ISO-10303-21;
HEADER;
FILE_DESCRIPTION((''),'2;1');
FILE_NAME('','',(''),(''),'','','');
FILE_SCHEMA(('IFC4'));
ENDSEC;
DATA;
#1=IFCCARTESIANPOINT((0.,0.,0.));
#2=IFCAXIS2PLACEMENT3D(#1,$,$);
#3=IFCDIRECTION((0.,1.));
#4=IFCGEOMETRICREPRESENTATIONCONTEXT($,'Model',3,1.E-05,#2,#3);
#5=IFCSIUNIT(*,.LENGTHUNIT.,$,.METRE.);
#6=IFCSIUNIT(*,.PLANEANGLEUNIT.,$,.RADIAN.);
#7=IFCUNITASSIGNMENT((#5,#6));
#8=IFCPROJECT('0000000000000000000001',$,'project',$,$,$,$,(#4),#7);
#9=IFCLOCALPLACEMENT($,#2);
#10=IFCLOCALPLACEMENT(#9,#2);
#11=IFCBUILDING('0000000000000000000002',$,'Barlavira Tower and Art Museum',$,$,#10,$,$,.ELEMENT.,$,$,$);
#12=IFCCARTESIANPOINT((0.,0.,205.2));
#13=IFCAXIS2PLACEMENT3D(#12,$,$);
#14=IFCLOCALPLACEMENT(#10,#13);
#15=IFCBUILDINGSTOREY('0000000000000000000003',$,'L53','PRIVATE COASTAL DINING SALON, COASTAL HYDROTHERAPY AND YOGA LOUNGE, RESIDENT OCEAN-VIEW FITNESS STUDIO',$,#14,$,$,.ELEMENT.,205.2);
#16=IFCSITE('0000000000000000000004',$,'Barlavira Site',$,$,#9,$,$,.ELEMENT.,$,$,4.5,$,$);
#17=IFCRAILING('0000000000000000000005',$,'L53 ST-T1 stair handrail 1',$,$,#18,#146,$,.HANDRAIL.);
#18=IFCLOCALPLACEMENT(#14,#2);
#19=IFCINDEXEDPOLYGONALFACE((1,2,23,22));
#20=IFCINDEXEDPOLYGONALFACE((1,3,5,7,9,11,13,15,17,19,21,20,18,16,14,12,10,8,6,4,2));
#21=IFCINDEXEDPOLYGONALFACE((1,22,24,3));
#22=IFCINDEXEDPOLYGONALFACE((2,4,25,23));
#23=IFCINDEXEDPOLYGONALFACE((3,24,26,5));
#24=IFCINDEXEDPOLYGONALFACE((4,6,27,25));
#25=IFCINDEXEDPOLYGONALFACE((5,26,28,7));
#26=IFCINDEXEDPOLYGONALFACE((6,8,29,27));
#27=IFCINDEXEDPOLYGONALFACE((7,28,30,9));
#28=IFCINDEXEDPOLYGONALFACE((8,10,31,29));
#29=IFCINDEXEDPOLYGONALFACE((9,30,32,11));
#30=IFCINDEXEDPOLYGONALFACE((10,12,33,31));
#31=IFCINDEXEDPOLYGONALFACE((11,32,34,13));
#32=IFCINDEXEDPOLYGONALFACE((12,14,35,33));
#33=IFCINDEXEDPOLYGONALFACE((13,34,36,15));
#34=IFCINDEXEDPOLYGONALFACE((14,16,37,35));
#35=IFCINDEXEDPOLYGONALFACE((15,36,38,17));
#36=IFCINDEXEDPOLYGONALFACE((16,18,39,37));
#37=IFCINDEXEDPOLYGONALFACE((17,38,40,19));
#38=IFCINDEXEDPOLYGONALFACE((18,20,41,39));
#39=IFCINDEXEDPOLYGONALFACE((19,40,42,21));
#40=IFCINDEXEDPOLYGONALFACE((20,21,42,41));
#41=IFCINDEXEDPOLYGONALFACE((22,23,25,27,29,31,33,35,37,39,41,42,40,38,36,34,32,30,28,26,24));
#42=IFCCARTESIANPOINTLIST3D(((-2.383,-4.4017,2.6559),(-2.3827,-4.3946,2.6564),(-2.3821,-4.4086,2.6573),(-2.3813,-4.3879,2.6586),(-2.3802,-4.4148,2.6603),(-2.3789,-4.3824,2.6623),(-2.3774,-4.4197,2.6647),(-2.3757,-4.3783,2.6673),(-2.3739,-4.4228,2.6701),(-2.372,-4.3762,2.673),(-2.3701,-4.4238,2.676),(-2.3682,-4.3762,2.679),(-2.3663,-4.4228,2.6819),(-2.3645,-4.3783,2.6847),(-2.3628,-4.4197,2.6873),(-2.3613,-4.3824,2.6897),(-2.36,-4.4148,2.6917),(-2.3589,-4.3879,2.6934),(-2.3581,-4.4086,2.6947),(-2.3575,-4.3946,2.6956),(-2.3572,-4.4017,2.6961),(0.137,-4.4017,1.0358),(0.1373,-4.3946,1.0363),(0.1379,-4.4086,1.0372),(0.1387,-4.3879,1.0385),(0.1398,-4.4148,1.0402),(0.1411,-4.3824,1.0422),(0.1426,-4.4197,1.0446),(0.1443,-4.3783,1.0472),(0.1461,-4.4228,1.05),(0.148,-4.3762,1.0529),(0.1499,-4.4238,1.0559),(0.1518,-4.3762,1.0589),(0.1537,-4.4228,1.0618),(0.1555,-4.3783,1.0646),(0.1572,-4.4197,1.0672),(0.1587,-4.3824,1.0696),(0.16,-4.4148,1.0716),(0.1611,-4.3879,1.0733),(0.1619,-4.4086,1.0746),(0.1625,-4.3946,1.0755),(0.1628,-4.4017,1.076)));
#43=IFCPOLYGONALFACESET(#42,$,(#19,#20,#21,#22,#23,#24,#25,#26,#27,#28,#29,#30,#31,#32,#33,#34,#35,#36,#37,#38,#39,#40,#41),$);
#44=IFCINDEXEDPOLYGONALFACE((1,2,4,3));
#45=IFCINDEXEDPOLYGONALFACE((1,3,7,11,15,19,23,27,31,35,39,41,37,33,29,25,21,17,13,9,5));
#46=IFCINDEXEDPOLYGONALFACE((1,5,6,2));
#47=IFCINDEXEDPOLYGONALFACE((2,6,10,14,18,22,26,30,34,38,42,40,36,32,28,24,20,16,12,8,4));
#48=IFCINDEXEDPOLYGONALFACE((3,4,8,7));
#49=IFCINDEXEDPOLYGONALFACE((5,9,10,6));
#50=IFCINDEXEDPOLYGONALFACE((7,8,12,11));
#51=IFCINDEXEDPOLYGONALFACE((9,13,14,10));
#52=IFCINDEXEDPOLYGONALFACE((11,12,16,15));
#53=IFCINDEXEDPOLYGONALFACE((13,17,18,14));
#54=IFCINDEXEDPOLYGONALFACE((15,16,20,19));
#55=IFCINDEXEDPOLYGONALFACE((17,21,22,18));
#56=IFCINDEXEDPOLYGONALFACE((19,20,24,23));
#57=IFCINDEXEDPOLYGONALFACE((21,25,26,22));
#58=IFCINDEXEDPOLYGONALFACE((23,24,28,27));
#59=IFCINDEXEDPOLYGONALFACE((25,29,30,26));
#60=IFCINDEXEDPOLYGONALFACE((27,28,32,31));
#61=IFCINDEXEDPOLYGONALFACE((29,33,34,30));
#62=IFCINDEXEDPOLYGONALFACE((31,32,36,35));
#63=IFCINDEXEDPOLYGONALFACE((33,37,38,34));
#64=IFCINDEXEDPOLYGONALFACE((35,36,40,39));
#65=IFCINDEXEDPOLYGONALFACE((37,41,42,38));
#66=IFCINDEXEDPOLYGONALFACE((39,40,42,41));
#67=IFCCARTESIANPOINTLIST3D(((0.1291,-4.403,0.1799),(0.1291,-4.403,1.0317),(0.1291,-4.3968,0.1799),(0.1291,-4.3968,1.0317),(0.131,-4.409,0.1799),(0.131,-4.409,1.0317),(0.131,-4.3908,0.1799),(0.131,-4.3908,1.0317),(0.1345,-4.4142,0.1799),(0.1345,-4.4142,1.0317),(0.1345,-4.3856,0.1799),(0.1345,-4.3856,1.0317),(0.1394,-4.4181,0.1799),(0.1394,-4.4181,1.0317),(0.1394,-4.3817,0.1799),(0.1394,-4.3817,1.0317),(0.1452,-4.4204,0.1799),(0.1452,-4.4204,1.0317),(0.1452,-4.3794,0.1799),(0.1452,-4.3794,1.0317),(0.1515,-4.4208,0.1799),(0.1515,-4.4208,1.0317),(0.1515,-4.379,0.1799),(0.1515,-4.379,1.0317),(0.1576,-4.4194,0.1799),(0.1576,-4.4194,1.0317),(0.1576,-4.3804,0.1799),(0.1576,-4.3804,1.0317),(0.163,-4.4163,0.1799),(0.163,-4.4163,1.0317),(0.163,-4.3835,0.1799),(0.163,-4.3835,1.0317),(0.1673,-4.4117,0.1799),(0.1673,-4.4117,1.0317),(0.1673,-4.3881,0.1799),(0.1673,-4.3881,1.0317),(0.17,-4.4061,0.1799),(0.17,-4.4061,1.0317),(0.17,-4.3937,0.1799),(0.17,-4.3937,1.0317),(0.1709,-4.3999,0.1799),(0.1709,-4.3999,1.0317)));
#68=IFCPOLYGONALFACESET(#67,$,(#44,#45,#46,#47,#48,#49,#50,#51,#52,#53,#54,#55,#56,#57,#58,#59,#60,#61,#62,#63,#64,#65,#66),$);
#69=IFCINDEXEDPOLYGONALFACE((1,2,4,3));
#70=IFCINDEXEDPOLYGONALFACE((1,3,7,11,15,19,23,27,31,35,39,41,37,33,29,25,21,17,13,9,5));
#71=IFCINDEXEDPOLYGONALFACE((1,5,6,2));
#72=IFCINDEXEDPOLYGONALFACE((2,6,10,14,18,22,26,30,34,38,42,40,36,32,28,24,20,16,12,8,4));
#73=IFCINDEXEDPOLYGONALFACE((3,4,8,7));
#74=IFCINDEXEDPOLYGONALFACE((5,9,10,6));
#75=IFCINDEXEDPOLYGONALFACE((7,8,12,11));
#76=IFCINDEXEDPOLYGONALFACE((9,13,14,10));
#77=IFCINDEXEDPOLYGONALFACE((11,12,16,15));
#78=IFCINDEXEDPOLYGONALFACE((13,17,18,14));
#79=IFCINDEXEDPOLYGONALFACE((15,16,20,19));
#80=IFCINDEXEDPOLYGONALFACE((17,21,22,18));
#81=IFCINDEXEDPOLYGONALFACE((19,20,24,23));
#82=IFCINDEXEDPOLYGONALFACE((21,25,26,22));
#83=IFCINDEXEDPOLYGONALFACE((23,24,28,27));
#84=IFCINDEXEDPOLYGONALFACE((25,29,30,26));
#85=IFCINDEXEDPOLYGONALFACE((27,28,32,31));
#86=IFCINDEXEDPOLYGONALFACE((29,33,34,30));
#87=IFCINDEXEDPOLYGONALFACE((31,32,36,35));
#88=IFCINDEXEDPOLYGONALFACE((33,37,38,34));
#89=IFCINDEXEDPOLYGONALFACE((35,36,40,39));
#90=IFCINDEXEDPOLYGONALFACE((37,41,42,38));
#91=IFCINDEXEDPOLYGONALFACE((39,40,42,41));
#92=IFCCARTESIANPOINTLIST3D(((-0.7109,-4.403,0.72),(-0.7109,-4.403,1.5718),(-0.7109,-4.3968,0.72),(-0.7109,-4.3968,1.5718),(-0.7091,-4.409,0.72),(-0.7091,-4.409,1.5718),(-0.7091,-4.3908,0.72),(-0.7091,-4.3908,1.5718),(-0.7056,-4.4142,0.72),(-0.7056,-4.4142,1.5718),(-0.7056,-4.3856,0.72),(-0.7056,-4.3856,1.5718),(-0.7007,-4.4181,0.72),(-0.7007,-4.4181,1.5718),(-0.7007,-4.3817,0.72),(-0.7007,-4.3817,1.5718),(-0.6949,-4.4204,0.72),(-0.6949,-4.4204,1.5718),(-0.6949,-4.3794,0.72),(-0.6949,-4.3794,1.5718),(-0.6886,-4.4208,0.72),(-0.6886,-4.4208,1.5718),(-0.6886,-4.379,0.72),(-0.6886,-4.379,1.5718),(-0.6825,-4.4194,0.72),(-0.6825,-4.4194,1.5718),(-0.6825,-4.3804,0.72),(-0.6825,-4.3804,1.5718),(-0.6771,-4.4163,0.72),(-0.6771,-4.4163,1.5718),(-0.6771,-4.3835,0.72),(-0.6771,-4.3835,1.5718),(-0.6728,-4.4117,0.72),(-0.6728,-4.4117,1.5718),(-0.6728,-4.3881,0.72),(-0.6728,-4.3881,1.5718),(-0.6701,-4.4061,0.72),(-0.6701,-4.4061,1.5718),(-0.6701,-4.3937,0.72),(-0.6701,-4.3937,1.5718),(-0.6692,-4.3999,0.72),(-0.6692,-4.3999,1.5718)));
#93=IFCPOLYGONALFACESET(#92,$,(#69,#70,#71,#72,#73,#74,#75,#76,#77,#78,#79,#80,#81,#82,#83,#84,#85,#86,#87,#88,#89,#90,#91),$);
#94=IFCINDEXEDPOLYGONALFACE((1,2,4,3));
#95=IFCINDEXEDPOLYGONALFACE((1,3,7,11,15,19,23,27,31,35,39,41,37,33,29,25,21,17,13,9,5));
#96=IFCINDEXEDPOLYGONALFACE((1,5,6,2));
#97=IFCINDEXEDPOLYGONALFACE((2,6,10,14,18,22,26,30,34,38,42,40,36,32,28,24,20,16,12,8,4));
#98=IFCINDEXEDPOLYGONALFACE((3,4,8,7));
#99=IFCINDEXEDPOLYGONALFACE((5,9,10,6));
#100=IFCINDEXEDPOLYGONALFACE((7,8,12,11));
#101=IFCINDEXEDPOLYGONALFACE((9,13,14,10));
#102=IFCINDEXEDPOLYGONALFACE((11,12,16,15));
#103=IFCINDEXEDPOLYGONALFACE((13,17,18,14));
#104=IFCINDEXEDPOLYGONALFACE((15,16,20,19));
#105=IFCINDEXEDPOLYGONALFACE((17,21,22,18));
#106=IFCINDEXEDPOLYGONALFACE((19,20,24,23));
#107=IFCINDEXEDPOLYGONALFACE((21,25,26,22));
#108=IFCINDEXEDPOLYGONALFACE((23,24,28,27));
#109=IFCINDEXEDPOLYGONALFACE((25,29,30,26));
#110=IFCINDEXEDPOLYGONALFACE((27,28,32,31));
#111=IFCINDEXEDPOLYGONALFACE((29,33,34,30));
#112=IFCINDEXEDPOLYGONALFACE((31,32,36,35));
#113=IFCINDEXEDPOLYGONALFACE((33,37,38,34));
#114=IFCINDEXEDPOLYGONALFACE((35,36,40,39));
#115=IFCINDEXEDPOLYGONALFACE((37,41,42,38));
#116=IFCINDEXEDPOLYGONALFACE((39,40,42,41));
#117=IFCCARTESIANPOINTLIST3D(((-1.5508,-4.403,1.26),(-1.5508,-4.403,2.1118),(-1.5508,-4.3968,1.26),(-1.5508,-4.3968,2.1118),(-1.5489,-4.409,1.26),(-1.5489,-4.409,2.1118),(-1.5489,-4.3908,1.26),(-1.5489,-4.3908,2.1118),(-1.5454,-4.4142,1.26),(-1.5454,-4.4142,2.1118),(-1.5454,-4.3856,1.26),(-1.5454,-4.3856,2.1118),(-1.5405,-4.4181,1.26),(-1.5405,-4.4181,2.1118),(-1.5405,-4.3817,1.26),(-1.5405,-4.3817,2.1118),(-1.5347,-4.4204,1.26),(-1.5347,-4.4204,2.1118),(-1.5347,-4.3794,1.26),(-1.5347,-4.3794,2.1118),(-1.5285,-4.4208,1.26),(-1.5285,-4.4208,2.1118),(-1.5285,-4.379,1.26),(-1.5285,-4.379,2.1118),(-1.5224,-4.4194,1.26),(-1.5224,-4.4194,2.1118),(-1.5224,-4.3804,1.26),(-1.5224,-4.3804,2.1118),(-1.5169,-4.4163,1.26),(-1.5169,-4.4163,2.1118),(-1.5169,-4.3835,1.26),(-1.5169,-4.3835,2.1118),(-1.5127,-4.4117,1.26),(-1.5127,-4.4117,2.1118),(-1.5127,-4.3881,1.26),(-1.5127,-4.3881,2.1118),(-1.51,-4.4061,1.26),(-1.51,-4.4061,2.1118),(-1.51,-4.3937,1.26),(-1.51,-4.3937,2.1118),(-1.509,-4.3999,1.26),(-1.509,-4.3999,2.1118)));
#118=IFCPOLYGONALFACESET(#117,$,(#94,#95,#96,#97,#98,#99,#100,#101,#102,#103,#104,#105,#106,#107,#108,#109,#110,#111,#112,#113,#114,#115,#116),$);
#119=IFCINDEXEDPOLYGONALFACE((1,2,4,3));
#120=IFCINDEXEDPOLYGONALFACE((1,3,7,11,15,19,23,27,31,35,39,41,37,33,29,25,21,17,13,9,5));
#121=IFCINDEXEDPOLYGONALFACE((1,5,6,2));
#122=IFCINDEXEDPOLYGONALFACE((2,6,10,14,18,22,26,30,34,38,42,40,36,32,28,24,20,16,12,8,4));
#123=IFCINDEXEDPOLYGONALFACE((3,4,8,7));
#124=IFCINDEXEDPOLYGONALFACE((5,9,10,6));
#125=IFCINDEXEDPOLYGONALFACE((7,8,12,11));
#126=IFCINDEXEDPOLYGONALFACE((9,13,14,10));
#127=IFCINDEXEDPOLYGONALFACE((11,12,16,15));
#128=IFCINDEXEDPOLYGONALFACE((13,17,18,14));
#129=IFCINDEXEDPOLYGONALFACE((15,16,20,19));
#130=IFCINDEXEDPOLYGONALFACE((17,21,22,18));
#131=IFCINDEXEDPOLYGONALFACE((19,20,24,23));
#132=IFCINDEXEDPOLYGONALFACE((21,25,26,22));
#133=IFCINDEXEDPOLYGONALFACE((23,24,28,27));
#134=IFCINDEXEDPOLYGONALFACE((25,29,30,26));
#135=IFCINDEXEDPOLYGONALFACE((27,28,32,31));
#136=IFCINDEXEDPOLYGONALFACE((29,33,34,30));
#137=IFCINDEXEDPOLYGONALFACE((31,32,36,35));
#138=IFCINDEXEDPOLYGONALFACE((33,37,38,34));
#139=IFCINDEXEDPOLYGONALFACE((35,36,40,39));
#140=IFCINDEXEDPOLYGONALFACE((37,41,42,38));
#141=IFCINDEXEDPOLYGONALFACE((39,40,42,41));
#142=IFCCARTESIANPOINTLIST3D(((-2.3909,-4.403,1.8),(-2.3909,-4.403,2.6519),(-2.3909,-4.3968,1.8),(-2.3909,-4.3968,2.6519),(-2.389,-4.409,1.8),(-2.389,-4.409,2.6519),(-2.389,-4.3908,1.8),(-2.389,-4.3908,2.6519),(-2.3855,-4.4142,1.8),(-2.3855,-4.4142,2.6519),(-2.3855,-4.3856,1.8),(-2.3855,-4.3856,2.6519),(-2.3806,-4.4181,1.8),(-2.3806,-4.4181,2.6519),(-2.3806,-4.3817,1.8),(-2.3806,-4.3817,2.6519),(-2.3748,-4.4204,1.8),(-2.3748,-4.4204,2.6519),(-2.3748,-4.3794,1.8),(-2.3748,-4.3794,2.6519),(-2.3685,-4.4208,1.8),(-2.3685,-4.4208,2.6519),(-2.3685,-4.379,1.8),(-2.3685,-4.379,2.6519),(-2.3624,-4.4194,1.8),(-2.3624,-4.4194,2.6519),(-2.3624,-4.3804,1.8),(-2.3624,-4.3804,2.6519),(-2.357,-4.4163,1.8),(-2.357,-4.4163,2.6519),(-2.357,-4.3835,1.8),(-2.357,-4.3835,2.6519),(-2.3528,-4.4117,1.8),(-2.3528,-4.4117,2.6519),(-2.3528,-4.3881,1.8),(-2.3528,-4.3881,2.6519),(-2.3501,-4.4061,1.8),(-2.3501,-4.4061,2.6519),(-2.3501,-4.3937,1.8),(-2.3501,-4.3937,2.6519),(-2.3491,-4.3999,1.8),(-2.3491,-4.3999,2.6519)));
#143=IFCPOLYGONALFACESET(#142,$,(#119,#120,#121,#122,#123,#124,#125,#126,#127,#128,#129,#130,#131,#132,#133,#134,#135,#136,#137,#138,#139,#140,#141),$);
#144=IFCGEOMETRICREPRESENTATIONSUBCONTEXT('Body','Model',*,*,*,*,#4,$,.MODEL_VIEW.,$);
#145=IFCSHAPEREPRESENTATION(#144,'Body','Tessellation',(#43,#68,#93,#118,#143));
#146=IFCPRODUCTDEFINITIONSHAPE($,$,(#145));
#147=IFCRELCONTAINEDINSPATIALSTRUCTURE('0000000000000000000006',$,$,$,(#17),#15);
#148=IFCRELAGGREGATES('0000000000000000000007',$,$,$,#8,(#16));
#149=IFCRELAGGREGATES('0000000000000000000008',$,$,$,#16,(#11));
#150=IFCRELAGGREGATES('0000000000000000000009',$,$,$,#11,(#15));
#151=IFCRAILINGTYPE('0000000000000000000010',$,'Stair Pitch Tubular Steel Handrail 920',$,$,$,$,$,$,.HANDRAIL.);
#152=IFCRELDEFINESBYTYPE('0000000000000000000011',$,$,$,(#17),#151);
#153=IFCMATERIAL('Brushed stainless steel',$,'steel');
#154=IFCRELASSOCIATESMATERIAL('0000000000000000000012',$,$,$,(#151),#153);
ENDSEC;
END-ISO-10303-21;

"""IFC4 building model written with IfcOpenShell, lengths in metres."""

from ifc_helpers import new_model, si_unit, direction, frame, origin, origin_2d, place, context, subcontext, project, spatial, circle, extrude, material, type_object, element, save


model = new_model("IFC4")

# Units and contexts
model_context = context("Model", 3, precision=1e-05, world=origin(), true_north=direction((0.0, 1.0)))
body_context = subcontext(model_context, "Body", "Model", "MODEL_VIEW")
ifc_project = project(units=[si_unit("LENGTHUNIT", "METRE"), si_unit("PLANEANGLEUNIT", "RADIAN")], contexts=[model_context])

# Site, building, storey
site_placement = place(None, origin())
site = spatial("IfcSite", under=ifc_project, at=site_placement, Name="Barlavira Site", CompositionType="ELEMENT", RefElevation=4.5)
building_placement = place(site_placement, origin())
building = spatial("IfcBuilding", under=site, at=building_placement, Name="Barlavira Tower and Art Museum", CompositionType="ELEMENT")
storey_placement = place(building_placement, frame((0.0, 0.0, 205.2)))
storey = spatial("IfcBuildingStorey", under=building, at=storey_placement, Name="L53", Description="PRIVATE COASTAL DINING SALON, COASTAL HYDROTHERAPY AND YOGA LOUNGE, RESIDENT OCEAN-VIEW FITNESS STUDIO", CompositionType="ELEMENT", Elevation=205.2)

# Shared definitions
ifc_material_1 = material(Name="Brushed stainless steel", Category="steel")

# Railing
railing_type_1 = type_object("IfcRailingType", Name="Stair Pitch Tubular Steel Handrail 920", PredefinedType="HANDRAIL", material=ifc_material_1)
railing_1_placement = place(storey_placement, frame((0.1499, -4.3999, 0.1799)))
element("IfcRailing", 1, at=railing_1_placement, inside=storey, type_object=railing_type_1, Name="L53 ST-T1 stair handrail 1", PredefinedType="HANDRAIL", context=body_context, shape_type="SweptSolid", body=[
    extrude(circle(Radius=0.0239, at=origin_2d()), frame((0.0, 0.0, 0.876), z_axis=(-0.841163, 0.0, 0.540782), x_axis=(0.0, -1.0, 0.0)), (0.0, 0.0, 1.0), 2.9958),
    extrude(circle(Radius=0.021, at=origin_2d()), origin(), (0.0, 0.0, 1.0), 0.8518),
    extrude(circle(Radius=0.021, at=origin_2d()), frame((-0.8401, 0.0, 0.54)), (0.0, 0.0, 1.0), 0.8518),
    extrude(circle(Radius=0.021, at=origin_2d()), frame((-1.6799, 0.0, 1.0801)), (0.0, 0.0, 1.0), 0.8518),
    extrude(circle(Radius=0.021, at=origin_2d()), frame((-2.52, 0.0, 1.6201)), (0.0, 0.0, 1.0), 0.8518),
])

save(model, "model.ifc")
